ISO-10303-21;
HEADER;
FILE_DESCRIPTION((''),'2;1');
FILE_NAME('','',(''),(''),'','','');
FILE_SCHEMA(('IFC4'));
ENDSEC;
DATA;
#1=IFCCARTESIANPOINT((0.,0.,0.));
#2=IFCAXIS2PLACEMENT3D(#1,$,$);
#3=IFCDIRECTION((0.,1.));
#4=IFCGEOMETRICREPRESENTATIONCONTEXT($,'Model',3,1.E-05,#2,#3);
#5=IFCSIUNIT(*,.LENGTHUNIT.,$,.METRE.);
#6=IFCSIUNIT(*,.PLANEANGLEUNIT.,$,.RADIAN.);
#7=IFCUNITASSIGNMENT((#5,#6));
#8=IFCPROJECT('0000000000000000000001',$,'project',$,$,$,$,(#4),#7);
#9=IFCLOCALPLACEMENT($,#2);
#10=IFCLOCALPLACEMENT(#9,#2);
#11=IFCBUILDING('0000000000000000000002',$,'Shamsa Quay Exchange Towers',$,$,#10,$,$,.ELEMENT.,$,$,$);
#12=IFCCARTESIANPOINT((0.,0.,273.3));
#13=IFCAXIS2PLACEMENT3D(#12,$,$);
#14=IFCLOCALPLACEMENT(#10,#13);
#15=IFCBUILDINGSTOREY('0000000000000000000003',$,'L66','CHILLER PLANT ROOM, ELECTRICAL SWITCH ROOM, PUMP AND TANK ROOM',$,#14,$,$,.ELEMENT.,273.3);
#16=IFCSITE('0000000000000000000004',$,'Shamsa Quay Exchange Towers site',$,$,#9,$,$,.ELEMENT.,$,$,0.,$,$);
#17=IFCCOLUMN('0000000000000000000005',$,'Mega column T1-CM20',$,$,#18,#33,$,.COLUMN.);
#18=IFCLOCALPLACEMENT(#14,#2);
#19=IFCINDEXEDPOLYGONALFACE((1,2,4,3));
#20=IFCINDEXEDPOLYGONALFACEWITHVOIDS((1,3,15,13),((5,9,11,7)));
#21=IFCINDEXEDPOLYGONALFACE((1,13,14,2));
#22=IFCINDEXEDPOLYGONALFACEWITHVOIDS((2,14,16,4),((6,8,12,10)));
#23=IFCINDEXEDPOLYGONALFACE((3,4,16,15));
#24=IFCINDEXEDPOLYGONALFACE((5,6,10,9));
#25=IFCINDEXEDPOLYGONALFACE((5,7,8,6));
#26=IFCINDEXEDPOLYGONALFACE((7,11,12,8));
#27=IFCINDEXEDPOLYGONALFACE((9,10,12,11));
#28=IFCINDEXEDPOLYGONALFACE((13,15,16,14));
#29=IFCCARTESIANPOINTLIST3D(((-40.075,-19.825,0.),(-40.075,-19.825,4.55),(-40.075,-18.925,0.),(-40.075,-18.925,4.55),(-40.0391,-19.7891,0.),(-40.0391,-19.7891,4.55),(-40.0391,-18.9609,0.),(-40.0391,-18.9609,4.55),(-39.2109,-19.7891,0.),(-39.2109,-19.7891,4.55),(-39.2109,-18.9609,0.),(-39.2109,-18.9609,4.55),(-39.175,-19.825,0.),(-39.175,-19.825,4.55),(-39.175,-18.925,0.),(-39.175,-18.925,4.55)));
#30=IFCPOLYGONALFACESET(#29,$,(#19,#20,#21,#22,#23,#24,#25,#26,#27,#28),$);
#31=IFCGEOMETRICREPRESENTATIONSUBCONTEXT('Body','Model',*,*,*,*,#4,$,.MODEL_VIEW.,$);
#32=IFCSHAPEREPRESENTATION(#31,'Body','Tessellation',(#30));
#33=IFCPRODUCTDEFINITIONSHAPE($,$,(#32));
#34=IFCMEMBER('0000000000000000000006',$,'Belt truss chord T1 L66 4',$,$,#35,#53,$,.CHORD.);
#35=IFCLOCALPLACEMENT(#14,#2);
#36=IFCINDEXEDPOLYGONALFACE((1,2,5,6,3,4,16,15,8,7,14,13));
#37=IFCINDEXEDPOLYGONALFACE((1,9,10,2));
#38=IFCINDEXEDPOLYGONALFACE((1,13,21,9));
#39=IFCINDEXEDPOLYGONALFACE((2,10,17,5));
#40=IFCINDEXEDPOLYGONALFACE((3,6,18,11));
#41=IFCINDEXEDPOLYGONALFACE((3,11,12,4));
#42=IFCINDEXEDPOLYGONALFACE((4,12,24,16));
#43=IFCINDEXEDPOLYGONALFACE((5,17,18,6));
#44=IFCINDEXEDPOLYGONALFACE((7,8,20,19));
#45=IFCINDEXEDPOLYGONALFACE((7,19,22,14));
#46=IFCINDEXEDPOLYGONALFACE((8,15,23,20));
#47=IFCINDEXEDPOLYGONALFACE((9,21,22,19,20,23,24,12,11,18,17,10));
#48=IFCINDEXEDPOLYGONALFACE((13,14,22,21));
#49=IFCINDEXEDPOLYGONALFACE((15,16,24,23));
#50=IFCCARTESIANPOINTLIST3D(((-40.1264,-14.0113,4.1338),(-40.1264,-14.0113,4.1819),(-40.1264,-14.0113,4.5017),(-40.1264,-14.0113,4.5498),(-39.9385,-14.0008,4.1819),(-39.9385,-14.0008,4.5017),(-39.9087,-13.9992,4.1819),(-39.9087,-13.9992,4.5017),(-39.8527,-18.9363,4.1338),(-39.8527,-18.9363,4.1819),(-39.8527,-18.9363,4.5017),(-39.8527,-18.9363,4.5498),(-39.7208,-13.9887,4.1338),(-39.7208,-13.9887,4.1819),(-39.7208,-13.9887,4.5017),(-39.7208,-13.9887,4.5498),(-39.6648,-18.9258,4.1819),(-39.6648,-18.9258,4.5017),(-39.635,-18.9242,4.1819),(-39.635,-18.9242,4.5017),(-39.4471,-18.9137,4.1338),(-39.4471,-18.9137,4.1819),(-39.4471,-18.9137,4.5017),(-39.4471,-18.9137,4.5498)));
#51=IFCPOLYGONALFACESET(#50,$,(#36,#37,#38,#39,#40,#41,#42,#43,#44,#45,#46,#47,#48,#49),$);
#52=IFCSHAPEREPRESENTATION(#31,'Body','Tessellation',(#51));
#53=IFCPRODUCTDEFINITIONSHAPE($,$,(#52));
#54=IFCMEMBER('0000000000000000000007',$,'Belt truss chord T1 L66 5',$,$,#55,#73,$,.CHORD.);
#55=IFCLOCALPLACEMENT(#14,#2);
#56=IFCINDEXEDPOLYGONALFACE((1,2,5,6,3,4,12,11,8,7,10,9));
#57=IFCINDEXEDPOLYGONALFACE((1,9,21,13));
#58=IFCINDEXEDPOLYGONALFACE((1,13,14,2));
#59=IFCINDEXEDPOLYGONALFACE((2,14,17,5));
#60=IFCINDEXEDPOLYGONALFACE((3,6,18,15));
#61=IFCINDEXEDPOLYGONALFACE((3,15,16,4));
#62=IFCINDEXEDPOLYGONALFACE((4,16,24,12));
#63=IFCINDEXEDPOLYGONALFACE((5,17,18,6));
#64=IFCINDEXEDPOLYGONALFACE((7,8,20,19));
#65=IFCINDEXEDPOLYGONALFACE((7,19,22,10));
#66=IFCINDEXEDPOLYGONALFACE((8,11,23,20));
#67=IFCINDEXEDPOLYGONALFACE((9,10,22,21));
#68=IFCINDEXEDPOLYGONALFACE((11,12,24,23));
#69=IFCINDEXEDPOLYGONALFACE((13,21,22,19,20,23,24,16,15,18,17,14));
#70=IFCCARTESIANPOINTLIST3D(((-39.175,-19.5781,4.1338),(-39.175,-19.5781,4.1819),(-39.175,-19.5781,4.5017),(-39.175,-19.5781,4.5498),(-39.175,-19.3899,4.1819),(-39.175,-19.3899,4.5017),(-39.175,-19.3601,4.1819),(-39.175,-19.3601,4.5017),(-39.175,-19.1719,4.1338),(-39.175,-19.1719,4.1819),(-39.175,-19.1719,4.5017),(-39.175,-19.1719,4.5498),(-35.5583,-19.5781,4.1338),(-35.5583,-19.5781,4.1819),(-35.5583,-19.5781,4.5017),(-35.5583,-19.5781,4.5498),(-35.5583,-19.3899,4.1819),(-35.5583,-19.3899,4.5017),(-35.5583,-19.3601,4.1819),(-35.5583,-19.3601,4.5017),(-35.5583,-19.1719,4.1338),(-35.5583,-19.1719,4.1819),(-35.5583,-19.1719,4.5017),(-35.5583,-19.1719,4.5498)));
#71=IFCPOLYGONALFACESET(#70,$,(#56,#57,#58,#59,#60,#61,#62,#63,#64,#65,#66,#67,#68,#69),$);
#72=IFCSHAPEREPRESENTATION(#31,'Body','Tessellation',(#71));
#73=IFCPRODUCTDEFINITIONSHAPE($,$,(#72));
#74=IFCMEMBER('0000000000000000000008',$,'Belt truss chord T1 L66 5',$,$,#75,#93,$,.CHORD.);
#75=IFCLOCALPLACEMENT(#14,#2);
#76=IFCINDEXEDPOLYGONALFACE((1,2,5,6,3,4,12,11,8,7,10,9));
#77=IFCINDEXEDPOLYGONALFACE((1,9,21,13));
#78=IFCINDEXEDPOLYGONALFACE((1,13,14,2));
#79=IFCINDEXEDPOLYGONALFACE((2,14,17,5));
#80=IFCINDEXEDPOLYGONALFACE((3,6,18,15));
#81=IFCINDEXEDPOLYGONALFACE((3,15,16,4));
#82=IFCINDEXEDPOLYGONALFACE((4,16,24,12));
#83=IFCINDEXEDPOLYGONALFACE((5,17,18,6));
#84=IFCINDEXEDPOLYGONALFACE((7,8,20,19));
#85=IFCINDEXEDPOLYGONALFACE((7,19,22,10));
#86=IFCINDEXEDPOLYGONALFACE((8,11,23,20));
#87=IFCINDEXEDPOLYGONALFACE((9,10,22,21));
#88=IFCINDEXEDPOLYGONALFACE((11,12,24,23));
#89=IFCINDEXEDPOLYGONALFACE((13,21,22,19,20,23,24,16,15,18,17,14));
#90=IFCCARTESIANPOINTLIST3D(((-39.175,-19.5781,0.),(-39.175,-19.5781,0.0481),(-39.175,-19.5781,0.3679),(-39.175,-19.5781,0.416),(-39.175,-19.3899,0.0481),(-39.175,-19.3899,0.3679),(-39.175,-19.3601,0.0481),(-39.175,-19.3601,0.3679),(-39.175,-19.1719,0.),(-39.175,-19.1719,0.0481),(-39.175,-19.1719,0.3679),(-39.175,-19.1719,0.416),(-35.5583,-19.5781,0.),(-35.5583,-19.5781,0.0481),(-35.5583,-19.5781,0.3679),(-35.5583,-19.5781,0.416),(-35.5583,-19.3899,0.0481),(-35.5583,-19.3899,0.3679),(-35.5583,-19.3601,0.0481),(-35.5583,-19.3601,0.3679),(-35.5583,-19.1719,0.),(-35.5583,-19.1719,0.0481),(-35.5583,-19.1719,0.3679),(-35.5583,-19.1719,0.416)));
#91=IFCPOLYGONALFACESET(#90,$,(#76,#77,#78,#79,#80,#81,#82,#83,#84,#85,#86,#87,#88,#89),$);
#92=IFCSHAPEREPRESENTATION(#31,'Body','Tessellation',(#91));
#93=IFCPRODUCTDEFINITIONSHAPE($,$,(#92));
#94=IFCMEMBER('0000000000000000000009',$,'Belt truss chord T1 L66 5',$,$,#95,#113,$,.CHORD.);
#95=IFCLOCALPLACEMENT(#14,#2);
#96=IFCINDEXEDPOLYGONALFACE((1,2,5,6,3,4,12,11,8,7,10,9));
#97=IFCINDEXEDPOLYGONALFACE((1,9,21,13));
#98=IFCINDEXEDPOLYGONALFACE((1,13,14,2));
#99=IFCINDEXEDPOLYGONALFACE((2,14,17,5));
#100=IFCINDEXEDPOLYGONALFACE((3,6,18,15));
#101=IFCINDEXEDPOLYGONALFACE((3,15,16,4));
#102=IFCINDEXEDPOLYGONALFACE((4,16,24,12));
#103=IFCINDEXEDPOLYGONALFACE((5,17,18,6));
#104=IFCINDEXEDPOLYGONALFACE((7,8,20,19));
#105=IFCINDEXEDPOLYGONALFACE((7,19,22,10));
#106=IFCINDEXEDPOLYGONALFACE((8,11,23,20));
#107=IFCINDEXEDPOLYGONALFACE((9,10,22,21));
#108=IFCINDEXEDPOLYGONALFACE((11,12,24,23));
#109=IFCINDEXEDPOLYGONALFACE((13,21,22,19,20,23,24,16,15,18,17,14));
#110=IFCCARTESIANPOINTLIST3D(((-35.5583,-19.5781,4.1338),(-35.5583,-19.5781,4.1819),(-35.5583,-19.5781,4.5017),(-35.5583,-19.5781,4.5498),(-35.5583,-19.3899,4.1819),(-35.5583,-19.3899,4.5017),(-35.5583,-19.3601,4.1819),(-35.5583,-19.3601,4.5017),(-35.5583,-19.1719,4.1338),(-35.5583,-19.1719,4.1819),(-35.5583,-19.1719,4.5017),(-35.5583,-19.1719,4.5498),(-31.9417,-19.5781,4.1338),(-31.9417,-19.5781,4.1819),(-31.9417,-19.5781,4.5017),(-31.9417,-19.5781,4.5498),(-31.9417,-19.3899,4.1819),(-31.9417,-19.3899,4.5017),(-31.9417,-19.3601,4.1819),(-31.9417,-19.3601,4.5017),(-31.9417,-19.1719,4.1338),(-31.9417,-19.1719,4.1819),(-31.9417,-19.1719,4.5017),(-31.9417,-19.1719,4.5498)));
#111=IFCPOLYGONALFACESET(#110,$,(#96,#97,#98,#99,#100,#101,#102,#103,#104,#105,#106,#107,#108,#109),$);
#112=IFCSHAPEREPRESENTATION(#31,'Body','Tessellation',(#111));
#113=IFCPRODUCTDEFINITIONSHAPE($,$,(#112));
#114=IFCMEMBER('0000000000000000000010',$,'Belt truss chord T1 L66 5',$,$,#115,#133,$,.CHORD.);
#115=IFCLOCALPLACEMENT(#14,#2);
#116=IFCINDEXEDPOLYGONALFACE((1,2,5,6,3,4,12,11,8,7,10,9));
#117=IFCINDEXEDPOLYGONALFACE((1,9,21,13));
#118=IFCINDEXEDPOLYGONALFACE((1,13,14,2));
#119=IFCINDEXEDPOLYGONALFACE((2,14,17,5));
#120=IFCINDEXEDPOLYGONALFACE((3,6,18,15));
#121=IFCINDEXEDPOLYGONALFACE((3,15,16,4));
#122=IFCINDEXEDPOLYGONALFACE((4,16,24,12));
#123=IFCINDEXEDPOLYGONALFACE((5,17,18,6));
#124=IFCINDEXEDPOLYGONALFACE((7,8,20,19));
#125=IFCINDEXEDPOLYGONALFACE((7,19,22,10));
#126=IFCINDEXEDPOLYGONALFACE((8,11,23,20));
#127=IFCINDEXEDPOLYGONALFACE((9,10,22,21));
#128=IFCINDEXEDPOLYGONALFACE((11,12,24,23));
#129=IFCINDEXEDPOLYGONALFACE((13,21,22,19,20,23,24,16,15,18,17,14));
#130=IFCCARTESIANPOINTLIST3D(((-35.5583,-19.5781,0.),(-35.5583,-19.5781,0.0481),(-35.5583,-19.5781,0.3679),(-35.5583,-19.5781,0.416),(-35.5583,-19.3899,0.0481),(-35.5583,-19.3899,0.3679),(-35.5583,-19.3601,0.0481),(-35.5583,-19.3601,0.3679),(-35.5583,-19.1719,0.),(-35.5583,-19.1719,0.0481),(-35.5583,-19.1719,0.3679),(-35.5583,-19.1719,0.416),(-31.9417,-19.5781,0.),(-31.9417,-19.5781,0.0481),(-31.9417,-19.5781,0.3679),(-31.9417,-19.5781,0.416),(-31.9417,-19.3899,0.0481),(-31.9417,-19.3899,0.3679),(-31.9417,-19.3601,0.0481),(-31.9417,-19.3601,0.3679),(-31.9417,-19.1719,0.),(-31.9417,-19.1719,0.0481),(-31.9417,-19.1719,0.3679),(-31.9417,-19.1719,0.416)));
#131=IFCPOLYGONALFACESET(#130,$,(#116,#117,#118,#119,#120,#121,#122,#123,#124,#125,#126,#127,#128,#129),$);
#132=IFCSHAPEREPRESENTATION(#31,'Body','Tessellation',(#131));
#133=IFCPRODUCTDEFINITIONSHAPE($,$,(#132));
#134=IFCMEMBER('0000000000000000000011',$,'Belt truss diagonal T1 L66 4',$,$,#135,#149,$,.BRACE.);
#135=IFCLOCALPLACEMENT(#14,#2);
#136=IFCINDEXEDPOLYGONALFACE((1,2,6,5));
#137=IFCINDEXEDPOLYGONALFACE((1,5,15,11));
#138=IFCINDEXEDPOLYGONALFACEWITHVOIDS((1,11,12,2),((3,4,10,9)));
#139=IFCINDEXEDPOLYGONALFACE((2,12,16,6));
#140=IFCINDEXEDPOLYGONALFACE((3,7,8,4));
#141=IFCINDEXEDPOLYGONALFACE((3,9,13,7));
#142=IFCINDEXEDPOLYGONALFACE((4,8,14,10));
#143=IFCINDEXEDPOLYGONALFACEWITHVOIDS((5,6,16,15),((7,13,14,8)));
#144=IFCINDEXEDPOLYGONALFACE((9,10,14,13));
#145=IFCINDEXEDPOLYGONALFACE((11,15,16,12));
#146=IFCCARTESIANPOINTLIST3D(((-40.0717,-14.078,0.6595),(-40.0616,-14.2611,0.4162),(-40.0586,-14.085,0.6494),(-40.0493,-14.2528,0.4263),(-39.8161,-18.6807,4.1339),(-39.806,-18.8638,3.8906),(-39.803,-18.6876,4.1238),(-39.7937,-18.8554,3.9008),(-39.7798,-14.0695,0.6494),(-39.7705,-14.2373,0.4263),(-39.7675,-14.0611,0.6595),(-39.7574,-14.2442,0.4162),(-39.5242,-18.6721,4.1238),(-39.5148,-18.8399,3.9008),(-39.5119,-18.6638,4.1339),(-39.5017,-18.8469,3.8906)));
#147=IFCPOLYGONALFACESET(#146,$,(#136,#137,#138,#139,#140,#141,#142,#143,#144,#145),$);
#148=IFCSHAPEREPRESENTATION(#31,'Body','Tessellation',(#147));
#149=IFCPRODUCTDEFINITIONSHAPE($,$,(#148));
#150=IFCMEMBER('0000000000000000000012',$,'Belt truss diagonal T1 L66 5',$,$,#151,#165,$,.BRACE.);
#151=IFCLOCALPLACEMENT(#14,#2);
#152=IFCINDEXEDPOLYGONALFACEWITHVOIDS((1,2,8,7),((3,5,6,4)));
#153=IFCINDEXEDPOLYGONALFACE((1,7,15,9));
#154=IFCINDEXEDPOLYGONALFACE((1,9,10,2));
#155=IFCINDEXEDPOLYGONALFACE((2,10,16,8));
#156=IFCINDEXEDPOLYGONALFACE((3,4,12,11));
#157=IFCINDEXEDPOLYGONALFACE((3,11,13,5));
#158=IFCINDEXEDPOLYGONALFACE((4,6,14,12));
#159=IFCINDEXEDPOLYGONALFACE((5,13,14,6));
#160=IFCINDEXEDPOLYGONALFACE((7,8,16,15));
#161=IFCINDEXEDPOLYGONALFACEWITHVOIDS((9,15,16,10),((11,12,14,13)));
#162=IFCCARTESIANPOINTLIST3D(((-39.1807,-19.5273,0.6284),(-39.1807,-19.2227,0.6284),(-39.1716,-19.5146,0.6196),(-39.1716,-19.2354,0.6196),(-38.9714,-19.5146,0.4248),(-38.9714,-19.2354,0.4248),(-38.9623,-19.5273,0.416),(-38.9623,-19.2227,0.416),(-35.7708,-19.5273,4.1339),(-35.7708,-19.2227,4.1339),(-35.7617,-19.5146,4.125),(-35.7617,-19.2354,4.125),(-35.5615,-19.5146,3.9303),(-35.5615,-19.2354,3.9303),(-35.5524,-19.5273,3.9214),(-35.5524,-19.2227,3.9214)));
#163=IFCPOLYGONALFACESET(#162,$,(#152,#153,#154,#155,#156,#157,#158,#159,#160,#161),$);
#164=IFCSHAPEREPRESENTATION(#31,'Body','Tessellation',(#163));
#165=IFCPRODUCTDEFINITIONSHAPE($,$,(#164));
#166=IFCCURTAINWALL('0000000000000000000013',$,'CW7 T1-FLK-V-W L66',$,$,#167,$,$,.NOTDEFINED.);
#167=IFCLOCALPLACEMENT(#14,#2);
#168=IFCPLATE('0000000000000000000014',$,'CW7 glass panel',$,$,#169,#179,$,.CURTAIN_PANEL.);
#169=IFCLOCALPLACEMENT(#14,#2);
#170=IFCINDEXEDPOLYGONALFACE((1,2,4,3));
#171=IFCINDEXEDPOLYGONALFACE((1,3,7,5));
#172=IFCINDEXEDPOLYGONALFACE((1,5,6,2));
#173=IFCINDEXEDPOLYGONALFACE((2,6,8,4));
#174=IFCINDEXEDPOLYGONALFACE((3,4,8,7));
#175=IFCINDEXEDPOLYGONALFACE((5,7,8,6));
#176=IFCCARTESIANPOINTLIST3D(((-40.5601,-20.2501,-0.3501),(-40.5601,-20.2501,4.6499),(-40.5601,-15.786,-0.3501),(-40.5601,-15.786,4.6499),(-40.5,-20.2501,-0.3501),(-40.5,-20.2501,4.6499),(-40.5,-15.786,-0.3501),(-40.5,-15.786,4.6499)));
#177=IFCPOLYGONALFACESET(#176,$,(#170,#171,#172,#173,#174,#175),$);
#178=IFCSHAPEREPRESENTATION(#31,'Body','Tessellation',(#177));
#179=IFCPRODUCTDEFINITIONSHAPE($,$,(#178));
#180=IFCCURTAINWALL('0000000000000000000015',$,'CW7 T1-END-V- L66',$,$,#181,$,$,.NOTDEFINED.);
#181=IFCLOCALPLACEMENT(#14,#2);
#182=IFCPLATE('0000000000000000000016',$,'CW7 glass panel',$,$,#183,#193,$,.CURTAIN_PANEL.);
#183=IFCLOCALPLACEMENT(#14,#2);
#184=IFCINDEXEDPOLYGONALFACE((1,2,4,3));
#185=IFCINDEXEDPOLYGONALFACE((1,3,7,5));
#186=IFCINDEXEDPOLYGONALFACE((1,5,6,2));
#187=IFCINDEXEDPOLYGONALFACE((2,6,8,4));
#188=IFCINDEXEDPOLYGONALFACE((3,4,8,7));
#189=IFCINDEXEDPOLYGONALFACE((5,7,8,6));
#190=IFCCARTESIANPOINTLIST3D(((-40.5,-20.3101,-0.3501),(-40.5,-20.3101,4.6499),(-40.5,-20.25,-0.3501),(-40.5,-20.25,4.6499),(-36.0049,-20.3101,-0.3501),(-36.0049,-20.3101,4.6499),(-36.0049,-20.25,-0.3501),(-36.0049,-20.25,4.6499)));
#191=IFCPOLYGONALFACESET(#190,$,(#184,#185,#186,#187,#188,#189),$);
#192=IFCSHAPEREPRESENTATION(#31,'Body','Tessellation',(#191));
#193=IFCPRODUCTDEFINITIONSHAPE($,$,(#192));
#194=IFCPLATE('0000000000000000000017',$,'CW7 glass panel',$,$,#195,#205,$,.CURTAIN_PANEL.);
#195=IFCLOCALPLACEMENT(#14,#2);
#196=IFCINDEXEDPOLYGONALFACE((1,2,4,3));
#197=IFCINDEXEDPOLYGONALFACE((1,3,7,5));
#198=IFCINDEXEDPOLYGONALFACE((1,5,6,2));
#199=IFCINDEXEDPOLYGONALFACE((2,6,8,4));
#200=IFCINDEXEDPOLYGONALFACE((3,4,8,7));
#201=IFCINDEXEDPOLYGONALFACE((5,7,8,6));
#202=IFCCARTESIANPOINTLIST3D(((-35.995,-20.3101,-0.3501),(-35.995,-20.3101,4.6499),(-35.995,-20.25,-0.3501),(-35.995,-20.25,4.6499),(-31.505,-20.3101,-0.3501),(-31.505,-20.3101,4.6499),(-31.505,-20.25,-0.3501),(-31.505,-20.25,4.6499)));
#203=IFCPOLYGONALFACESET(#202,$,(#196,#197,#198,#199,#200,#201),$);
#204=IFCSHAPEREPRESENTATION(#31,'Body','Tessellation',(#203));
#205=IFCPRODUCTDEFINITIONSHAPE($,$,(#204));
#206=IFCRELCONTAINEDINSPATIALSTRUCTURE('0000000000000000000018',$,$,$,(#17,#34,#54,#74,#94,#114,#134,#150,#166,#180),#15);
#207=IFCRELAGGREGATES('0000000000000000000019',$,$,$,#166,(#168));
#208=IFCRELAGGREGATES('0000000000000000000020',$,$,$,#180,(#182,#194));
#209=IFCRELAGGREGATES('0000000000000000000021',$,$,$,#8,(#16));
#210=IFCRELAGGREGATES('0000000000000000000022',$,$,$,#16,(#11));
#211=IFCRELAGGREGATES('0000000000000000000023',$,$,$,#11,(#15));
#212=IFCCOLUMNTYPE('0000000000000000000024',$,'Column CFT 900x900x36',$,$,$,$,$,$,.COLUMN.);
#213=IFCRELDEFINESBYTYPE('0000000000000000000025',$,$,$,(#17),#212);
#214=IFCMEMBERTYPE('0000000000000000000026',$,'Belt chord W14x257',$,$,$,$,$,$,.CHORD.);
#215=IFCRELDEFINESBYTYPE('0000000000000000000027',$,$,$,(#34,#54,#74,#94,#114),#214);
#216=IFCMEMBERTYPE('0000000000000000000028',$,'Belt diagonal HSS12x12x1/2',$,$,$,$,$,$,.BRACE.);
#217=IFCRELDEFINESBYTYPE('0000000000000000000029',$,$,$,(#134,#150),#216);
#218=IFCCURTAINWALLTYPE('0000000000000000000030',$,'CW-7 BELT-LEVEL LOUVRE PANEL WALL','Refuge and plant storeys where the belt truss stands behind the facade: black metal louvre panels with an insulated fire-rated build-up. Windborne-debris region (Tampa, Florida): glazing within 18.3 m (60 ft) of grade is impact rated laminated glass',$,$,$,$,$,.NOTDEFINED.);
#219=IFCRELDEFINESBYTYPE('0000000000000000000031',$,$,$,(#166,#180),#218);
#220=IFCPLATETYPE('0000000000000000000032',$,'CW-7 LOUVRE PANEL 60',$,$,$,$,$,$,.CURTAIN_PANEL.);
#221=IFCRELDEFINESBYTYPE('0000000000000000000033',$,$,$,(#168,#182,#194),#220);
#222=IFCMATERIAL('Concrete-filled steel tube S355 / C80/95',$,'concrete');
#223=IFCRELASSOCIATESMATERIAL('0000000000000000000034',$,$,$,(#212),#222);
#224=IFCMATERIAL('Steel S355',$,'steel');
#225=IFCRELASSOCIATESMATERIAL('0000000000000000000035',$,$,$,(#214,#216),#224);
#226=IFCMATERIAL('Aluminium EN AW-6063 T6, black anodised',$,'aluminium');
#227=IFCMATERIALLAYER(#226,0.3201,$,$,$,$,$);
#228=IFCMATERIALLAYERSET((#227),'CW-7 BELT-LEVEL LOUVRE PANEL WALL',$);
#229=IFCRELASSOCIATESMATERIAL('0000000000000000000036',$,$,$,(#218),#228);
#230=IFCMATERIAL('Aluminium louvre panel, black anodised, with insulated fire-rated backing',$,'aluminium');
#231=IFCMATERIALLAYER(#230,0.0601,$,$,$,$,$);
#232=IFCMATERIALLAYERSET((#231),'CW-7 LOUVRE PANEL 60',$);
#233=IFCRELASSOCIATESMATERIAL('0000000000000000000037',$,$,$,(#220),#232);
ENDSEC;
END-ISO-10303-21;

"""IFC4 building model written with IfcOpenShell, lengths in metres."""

from ifc_helpers import new_model, si_unit, direction, frame, origin, origin_2d, place, context, subcontext, project, spatial, rectangle, hollow_rectangle, i_section, extrude, material, layer, layer_set, material_profile, profile_set, type_object, element, aggregate, save


model = new_model("IFC4")

# Units and contexts
model_context = context("Model", 3, precision=1e-05, world=origin(), true_north=direction((0.0, 1.0)))
body_context = subcontext(model_context, "Body", "Model", "MODEL_VIEW")
ifc_project = project(units=[si_unit("LENGTHUNIT", "METRE"), si_unit("PLANEANGLEUNIT", "RADIAN")], contexts=[model_context])

# Site, building, storey
site_placement = place(None, origin())
site = spatial("IfcSite", under=ifc_project, at=site_placement, Name="Shamsa Quay Exchange Towers site", CompositionType="ELEMENT", RefElevation=0.0)
building_placement = place(site_placement, origin())
building = spatial("IfcBuilding", under=site, at=building_placement, Name="Shamsa Quay Exchange Towers", CompositionType="ELEMENT")
storey_placement = place(building_placement, frame((0.0, 0.0, 273.3)))
storey = spatial("IfcBuildingStorey", under=building, at=storey_placement, Name="L66", Description="CHILLER PLANT ROOM, ELECTRICAL SWITCH ROOM, PUMP AND TANK ROOM", CompositionType="ELEMENT", Elevation=273.3)

# Column
ifc_material_1 = material(Name="Concrete-filled steel tube S355 / C80/95", Category="concrete")
ifc_material_profile_1 = material_profile(ifc_material_1, hollow_rectangle(XDim=0.8999, YDim=0.8999, WallThickness=0.0359, at=origin_2d()), Name="CFT 900x900x36")
ifc_profile_set_1 = profile_set([ifc_material_profile_1], Name="Concrete-filled steel tube S355 / C80/95")
column_type = type_object("IfcColumnType", Name="Column CFT 900x900x36", PredefinedType="COLUMN", material=ifc_profile_set_1)
column_placement = place(storey_placement, frame((-39.625, -19.375, 0.0)))
element("IfcColumn", 1, at=column_placement, inside=storey, type_object=column_type, Name="Mega column T1-CM20", PredefinedType="COLUMN", context=body_context, shape_type="SweptSolid", body=[
    extrude(hollow_rectangle(XDim=0.8999, YDim=0.8999, WallThickness=0.0359, at=origin_2d()), origin(), (0.0, 0.0, 1.0), 4.55),
])

# Members
ifc_material_2 = material(Name="Steel S355", Category="steel")
ifc_material_profile_2 = material_profile(ifc_material_2, i_section(OverallWidth=0.4062, OverallDepth=0.416, WebThickness=0.0298, FlangeThickness=0.0481, at=origin_2d()), Name="W14x257")
ifc_profile_set_2 = profile_set([ifc_material_profile_2], Name="Steel S355")
member_type_1 = type_object("IfcMemberType", Name="Belt chord W14x257", PredefinedType="CHORD", material=ifc_profile_set_2)
member_1_placement = place(storey_placement, frame((-39.9236, -14.0, 4.3418), z_axis=(0.055484, -0.99846, 0.0), x_axis=(0.99846, 0.055484, 0.0)))
element("IfcMember", 2, at=member_1_placement, inside=storey, type_object=member_type_1, Name="Belt truss chord T1 L66 4", PredefinedType="CHORD", context=body_context, shape_type="SweptSolid", body=[
    extrude(i_section(OverallWidth=0.4062, OverallDepth=0.416, WebThickness=0.0298, FlangeThickness=0.0481, at=origin_2d()), origin(), (0.0, 0.0, 1.0), 4.9326),
])
for number, where, z_axis, x_axis, name in (
    (3, (-39.175, -19.375, 4.3418), (1.0, 0.0, 0.0), (0.0, 1.0, 0.0), "Belt truss chord T1 L66 5"),
    (4, (-39.175, -19.375, 0.208), (1.0, 0.0, 0.0), (0.0, 1.0, 0.0), "Belt truss chord T1 L66 5"),
    (5, (-35.5583, -19.375, 4.3418), (1.0, 0.0, 0.0), (0.0, 1.0, 0.0), "Belt truss chord T1 L66 5"),
    (6, (-35.5583, -19.375, 0.208), (1.0, 0.0, 0.0), (0.0, 1.0, 0.0), "Belt truss chord T1 L66 5"),
):
    element("IfcMember", number, at=place(storey_placement, frame(where, z_axis=z_axis, x_axis=x_axis)), inside=storey, type_object=member_type_1, Name=name, PredefinedType="CHORD", context=body_context, shape_type="SweptSolid", body=[
        extrude(i_section(OverallWidth=0.4062, OverallDepth=0.416, WebThickness=0.0298, FlangeThickness=0.0481, at=origin_2d()), origin(), (0.0, 0.0, 1.0), 3.6167),
    ])
ifc_material_profile_3 = material_profile(ifc_material_2, hollow_rectangle(XDim=0.3047, YDim=0.3047, WallThickness=0.0127, at=origin_2d()), Name="HSS12x12x1/2")
ifc_profile_set_3 = profile_set([ifc_material_profile_3], Name="Steel S355")
member_type_2 = type_object("IfcMemberType", Name="Belt diagonal HSS12x12x1/2", PredefinedType="BRACE", material=ifc_profile_set_3)
member_2_placement = place(storey_placement, frame((-39.9146, -14.1611, 0.5378), z_axis=(0.044283, -0.797344, 0.601899), x_axis=(0.998461, 0.055452, 0.0)))
element("IfcMember", 7, at=member_2_placement, inside=storey, type_object=member_type_2, Name="Belt truss diagonal T1 L66 4", PredefinedType="BRACE", context=body_context, shape_type="SweptSolid", body=[
    extrude(hollow_rectangle(XDim=0.3047, YDim=0.3047, WallThickness=0.0127, at=origin_2d()), origin(), (0.0, 0.0, 1.0), 5.7725),
])
member_3_placement = place(storey_placement, frame((-39.0715, -19.375, 0.5222), z_axis=(0.697279, 0.0, 0.716799), x_axis=(0.0, 1.0, 0.0)))
element("IfcMember", 8, at=member_3_placement, inside=storey, type_object=member_type_2, Name="Belt truss diagonal T1 L66 5", PredefinedType="BRACE", context=body_context, shape_type="SweptSolid", body=[
    extrude(hollow_rectangle(XDim=0.3047, YDim=0.3047, WallThickness=0.0127, at=origin_2d()), origin(), (0.0, 0.0, 1.0), 4.8904),
])

# Curtain wall, plate
ifc_material_3 = material(Name="Aluminium EN AW-6063 T6, black anodised", Category="aluminium")
ifc_layer_1 = layer(ifc_material_3, 0.3201)
ifc_layer_set_1 = layer_set([ifc_layer_1], Name="CW-7 BELT-LEVEL LOUVRE PANEL WALL")
curtain_wall_type = type_object("IfcCurtainWallType", Name="CW-7 BELT-LEVEL LOUVRE PANEL WALL", Description="Refuge and plant storeys where the belt truss stands behind the facade: black metal louvre panels with an insulated fire-rated build-up. Windborne-debris region (Tampa, Florida): glazing within 18.3 m (60 ft) of grade is impact rated laminated glass", PredefinedType="NOTDEFINED", material=ifc_layer_set_1)
curtain_wall_1_placement = place(storey_placement, origin())
curtain_wall_1 = element("IfcCurtainWall", 9, at=curtain_wall_1_placement, inside=storey, type_object=curtain_wall_type, Name="CW7 T1-FLK-V-W L66", PredefinedType="NOTDEFINED")
ifc_material_4 = material(Name="Aluminium louvre panel, black anodised, with insulated fire-rated backing", Category="aluminium")
ifc_layer_2 = layer(ifc_material_4, 0.0601)
ifc_layer_set_2 = layer_set([ifc_layer_2], Name="CW-7 LOUVRE PANEL 60")
plate_type = type_object("IfcPlateType", Name="CW-7 LOUVRE PANEL 60", PredefinedType="CURTAIN_PANEL", material=ifc_layer_set_2)
plate_1_placement = place(storey_placement, frame((-40.53, -18.0181, -0.3501), z_axis=(0.0, 0.0, 1.0), x_axis=(0.0, -1.0, 0.0)))
plate_1 = element("IfcPlate", 10, at=plate_1_placement, type_object=plate_type, Name="CW7 glass panel", PredefinedType="CURTAIN_PANEL", context=body_context, shape_type="SweptSolid", body=[
    extrude(rectangle(XDim=4.4641, YDim=0.0601, at=origin_2d()), origin(), (0.0, 0.0, 1.0), 5.0),
])
aggregate(curtain_wall_1, [plate_1])

# Curtain wall, plates
curtain_wall_2_placement = place(storey_placement, origin())
curtain_wall_2 = element("IfcCurtainWall", 11, at=curtain_wall_2_placement, inside=storey, type_object=curtain_wall_type, Name="CW7 T1-END-V- L66", PredefinedType="NOTDEFINED")
plate_2_placement = place(storey_placement, frame((-38.2524, -20.28, -0.3501)))
plate_2 = element("IfcPlate", 12, at=plate_2_placement, type_object=plate_type, Name="CW7 glass panel", PredefinedType="CURTAIN_PANEL", context=body_context, shape_type="SweptSolid", body=[
    extrude(rectangle(XDim=4.4951, YDim=0.0601, at=origin_2d()), origin(), (0.0, 0.0, 1.0), 5.0),
])
plate_3_placement = place(storey_placement, frame((-33.75, -20.28, -0.3501)))
plate_3 = element("IfcPlate", 13, at=plate_3_placement, type_object=plate_type, Name="CW7 glass panel", PredefinedType="CURTAIN_PANEL", context=body_context, shape_type="SweptSolid", body=[
    extrude(rectangle(XDim=4.49, YDim=0.0601, at=origin_2d()), origin(), (0.0, 0.0, 1.0), 5.0),
])
aggregate(curtain_wall_2, [plate_2, plate_3])

save(model, "model.ifc")
